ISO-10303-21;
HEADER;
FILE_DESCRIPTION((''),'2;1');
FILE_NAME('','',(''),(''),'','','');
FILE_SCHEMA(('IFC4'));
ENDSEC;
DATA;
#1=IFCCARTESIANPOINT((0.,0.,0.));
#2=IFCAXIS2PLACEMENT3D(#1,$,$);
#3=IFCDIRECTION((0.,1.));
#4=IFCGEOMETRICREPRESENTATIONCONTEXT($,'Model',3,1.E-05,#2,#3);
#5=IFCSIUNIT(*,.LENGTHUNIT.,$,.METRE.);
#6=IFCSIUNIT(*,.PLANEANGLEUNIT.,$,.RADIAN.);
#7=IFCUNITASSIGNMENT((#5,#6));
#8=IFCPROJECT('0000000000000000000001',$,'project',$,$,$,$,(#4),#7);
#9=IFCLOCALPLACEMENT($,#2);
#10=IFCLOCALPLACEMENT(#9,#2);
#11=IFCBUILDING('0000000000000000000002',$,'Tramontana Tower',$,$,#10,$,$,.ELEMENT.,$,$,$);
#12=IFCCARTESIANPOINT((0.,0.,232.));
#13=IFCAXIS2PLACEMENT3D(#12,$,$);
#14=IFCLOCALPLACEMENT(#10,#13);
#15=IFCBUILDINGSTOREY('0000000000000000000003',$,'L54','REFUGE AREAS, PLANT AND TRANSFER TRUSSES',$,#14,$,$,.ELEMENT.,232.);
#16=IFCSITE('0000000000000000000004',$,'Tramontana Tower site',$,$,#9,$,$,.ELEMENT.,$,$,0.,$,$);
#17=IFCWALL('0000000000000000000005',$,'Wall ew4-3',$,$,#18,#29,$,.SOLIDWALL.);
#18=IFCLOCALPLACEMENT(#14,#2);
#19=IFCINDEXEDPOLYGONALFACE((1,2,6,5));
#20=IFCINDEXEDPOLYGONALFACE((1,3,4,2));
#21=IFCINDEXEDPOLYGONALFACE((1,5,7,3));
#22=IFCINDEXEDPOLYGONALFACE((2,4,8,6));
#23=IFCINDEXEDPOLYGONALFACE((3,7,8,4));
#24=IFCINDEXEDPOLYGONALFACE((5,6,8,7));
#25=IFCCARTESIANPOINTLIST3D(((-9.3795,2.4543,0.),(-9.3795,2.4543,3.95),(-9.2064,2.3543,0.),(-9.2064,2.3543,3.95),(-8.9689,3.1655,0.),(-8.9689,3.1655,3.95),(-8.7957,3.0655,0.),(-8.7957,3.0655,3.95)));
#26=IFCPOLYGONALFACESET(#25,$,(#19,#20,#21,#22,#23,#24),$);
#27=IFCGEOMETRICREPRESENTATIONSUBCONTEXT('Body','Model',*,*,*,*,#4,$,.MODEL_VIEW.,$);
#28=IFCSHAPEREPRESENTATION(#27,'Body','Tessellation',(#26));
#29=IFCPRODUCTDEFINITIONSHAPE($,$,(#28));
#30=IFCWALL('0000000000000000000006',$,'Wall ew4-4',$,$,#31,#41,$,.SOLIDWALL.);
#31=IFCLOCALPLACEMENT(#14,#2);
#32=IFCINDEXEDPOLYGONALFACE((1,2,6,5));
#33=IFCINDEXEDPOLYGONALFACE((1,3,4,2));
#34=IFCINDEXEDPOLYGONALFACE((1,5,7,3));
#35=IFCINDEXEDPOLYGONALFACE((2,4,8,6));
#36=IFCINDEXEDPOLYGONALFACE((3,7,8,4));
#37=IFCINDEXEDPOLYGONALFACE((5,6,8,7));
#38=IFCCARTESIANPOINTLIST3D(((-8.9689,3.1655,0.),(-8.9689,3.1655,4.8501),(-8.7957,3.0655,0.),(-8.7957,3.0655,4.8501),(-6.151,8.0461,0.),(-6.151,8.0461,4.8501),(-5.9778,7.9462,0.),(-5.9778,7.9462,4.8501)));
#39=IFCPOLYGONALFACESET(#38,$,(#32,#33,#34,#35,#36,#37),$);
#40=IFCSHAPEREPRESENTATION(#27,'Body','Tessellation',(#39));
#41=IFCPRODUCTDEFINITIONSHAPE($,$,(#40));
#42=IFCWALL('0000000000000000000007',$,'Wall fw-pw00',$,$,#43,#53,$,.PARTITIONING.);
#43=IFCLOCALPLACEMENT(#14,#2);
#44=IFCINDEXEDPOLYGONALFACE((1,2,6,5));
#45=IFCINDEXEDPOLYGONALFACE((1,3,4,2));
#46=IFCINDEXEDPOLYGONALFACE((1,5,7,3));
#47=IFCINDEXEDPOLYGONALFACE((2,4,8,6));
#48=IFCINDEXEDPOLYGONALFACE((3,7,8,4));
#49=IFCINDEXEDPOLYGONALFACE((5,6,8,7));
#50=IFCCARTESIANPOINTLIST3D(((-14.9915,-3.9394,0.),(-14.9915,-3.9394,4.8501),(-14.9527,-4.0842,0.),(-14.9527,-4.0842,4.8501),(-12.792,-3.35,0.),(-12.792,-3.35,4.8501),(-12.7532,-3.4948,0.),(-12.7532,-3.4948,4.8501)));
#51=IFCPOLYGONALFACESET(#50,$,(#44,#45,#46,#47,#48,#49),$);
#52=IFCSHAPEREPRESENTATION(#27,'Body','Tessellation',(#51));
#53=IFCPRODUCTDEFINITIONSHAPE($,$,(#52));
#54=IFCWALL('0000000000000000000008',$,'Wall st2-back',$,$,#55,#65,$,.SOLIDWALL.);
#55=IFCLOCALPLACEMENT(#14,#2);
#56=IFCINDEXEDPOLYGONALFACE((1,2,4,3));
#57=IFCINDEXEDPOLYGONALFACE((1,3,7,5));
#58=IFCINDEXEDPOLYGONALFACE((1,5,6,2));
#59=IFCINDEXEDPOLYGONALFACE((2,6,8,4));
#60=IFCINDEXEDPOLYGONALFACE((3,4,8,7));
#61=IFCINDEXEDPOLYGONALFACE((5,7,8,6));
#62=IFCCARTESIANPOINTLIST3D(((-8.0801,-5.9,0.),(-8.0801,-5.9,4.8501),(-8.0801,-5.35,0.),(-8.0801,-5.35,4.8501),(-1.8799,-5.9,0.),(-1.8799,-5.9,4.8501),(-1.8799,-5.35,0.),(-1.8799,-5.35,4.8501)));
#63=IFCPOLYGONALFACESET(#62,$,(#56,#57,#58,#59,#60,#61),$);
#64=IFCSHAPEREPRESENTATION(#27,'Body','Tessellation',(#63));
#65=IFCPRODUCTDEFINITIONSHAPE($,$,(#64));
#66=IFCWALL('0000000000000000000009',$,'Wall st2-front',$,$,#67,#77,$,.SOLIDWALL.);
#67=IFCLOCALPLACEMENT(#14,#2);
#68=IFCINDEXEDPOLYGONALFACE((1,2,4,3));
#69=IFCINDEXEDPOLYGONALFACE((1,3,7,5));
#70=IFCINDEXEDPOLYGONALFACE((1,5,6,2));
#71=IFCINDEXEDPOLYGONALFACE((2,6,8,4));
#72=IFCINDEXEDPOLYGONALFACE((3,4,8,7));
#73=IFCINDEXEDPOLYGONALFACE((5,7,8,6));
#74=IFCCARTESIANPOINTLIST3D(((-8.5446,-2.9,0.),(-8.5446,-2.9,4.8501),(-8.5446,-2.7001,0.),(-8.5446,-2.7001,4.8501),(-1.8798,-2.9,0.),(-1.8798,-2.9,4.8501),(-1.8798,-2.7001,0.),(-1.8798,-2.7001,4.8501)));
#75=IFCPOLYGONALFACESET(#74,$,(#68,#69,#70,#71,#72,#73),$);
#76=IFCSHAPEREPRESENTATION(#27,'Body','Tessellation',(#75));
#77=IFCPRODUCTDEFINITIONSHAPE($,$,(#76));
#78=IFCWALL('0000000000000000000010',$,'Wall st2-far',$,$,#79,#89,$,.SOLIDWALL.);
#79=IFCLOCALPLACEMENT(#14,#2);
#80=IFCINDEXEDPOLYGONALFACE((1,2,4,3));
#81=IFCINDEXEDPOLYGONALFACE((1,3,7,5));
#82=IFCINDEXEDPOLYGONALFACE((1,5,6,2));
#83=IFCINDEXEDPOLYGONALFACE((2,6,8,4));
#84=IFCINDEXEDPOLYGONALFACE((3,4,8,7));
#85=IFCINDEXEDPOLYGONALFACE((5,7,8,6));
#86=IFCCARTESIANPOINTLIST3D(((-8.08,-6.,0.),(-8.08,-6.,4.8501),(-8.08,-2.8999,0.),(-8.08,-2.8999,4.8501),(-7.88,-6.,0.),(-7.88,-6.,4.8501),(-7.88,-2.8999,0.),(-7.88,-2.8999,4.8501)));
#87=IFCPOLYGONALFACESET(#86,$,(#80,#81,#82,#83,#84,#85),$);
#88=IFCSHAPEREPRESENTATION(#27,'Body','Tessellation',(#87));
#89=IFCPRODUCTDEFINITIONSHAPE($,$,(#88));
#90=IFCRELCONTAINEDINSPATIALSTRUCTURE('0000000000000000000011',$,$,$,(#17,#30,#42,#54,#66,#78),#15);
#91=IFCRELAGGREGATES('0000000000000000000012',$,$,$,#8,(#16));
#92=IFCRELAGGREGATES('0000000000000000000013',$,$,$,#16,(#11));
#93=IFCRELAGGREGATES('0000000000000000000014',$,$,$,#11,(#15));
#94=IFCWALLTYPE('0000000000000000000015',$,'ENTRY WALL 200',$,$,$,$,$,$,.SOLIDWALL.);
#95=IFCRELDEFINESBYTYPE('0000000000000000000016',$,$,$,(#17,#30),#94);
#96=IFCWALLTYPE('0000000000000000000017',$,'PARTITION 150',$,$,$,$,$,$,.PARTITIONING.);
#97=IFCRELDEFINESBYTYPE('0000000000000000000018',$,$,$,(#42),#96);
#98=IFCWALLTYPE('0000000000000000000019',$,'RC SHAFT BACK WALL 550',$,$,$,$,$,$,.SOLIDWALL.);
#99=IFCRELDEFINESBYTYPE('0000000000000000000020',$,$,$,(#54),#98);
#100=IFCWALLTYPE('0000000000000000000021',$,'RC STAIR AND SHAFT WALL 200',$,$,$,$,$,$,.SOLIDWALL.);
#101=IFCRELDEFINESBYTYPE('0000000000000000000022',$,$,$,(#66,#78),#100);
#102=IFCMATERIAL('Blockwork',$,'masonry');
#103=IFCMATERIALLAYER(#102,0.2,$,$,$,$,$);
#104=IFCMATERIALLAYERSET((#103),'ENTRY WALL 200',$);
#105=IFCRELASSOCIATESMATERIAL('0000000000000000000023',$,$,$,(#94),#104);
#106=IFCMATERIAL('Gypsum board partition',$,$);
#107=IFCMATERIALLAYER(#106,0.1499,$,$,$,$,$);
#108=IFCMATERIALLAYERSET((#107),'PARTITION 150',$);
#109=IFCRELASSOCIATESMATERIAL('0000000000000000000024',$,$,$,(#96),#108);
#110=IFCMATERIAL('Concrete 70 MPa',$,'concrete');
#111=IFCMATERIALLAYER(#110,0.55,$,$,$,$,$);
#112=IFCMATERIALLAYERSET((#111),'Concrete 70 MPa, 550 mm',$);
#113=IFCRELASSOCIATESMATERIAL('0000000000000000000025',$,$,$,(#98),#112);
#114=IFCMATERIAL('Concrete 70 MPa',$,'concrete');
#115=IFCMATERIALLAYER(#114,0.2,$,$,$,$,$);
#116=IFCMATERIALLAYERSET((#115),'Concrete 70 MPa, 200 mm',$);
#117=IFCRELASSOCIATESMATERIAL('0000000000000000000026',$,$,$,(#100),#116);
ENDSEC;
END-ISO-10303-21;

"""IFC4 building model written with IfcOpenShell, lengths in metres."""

from ifc_helpers import new_model, si_unit, direction, frame, frame_2d, origin, place, context, subcontext, project, spatial, rectangle, extrude, material, layer, layer_set, type_object, element, save


model = new_model("IFC4")

# Units and contexts
model_context = context("Model", 3, precision=1e-05, world=origin(), true_north=direction((0.0, 1.0)))
body_context = subcontext(model_context, "Body", "Model", "MODEL_VIEW")
ifc_project = project(units=[si_unit("LENGTHUNIT", "METRE"), si_unit("PLANEANGLEUNIT", "RADIAN")], contexts=[model_context])

# Site, building, storey
site_placement = place(None, origin())
site = spatial("IfcSite", under=ifc_project, at=site_placement, Name="Tramontana Tower site", CompositionType="ELEMENT", RefElevation=0.0)
building_placement = place(site_placement, origin())
building = spatial("IfcBuilding", under=site, at=building_placement, Name="Tramontana Tower", CompositionType="ELEMENT")
storey_placement = place(building_placement, frame((0.0, 0.0, 232.0)))
storey = spatial("IfcBuildingStorey", under=building, at=storey_placement, Name="L54", Description="REFUGE AREAS, PLANT AND TRANSFER TRUSSES", CompositionType="ELEMENT", Elevation=232.0)

# Shared definitions
ifc_material_1 = material(Name="Blockwork", Category="masonry")
ifc_layer_1 = layer(ifc_material_1, 0.2)
ifc_layer_set_1 = layer_set([ifc_layer_1], Name="ENTRY WALL 200")
wall_type_1 = type_object("IfcWallType", Name="ENTRY WALL 200", PredefinedType="SOLIDWALL", material=ifc_layer_set_1)

# Walls
wall_1_placement = place(storey_placement, frame((-9.293, 2.4043, 0.0), z_axis=(0.0, 0.0, 1.0), x_axis=(0.50004, 0.866002, 0.0)))
element("IfcWall", 1, at=wall_1_placement, inside=storey, type_object=wall_type_1, Name="Wall ew4-3", PredefinedType="SOLIDWALL", context=body_context, shape_type="SweptSolid", body=[
    extrude(rectangle(XDim=0.8213, YDim=0.2, at=frame_2d((0.4106, 0.0))), origin(), (0.0, 0.0, 1.0), 3.95),
])
wall_2_placement = place(storey_placement, frame((-8.8823, 3.1155, 0.0), z_axis=(0.0, 0.0, 1.0), x_axis=(0.500006, 0.866022, 0.0)))
element("IfcWall", 2, at=wall_2_placement, inside=storey, type_object=wall_type_1, Name="Wall ew4-4", PredefinedType="SOLIDWALL", context=body_context, shape_type="SweptSolid", body=[
    extrude(rectangle(XDim=5.6357, YDim=0.2, at=frame_2d((2.8179, 0.0))), origin(), (0.0, 0.0, 1.0), 4.8501),
])
ifc_material_2 = material(Name="Gypsum board partition")
ifc_layer_2 = layer(ifc_material_2, 0.1499)
ifc_layer_set_2 = layer_set([ifc_layer_2], Name="PARTITION 150")
wall_type_2 = type_object("IfcWallType", Name="PARTITION 150", PredefinedType="PARTITIONING", material=ifc_layer_set_2)
wall_3_placement = place(storey_placement, frame((-12.7725, -3.4224, 0.0), z_axis=(0.0, 0.0, 1.0), x_axis=(-0.965925, -0.258824, 0.0)))
element("IfcWall", 3, at=wall_3_placement, inside=storey, type_object=wall_type_2, Name="Wall fw-pw00", PredefinedType="PARTITIONING", context=body_context, shape_type="SweptSolid", body=[
    extrude(rectangle(XDim=2.2771, YDim=0.1499, at=frame_2d((1.1387, 0.0))), origin(), (0.0, 0.0, 1.0), 4.8501),
])
ifc_material_3 = material(Name="Concrete 70 MPa", Category="concrete")
ifc_layer_3 = layer(ifc_material_3, 0.55)
ifc_layer_set_3 = layer_set([ifc_layer_3], Name="Concrete 70 MPa, 550 mm")
wall_type_3 = type_object("IfcWallType", Name="RC SHAFT BACK WALL 550", PredefinedType="SOLIDWALL", material=ifc_layer_set_3)
wall_4_placement = place(storey_placement, frame((-8.0801, -5.625, 0.0), z_axis=(0.0, 0.0, 1.0), x_axis=(1.0, 0.0, 0.0)))
element("IfcWall", 4, at=wall_4_placement, inside=storey, type_object=wall_type_3, Name="Wall st2-back", PredefinedType="SOLIDWALL", context=body_context, shape_type="SweptSolid", body=[
    extrude(rectangle(XDim=6.2002, YDim=0.55, at=frame_2d((3.1001, 0.0))), origin(), (0.0, 0.0, 1.0), 4.8501),
])
ifc_material_4 = material(Name="Concrete 70 MPa", Category="concrete")
ifc_layer_4 = layer(ifc_material_4, 0.2)
ifc_layer_set_4 = layer_set([ifc_layer_4], Name="Concrete 70 MPa, 200 mm")
wall_type_4 = type_object("IfcWallType", Name="RC STAIR AND SHAFT WALL 200", PredefinedType="SOLIDWALL", material=ifc_layer_set_4)
wall_5_placement = place(storey_placement, frame((-8.5447, -2.8, 0.0), z_axis=(0.0, 0.0, 1.0), x_axis=(1.0, 0.0, 0.0)))
element("IfcWall", 5, at=wall_5_placement, inside=storey, type_object=wall_type_4, Name="Wall st2-front", PredefinedType="SOLIDWALL", context=body_context, shape_type="SweptSolid", body=[
    extrude(rectangle(XDim=6.6648, YDim=0.2, at=frame_2d((3.3325, 0.0))), origin(), (0.0, 0.0, 1.0), 4.8501),
])
wall_6_placement = place(storey_placement, frame((-7.98, -2.8999, 0.0), z_axis=(0.0, 0.0, 1.0), x_axis=(0.0, -1.0, 0.0)))
element("IfcWall", 6, at=wall_6_placement, inside=storey, type_object=wall_type_4, Name="Wall st2-far", PredefinedType="SOLIDWALL", context=body_context, shape_type="SweptSolid", body=[
    extrude(rectangle(XDim=3.1001, YDim=0.2, at=frame_2d((1.55, 0.0))), origin(), (0.0, 0.0, 1.0), 4.8501),
])

save(model, "model.ifc")
